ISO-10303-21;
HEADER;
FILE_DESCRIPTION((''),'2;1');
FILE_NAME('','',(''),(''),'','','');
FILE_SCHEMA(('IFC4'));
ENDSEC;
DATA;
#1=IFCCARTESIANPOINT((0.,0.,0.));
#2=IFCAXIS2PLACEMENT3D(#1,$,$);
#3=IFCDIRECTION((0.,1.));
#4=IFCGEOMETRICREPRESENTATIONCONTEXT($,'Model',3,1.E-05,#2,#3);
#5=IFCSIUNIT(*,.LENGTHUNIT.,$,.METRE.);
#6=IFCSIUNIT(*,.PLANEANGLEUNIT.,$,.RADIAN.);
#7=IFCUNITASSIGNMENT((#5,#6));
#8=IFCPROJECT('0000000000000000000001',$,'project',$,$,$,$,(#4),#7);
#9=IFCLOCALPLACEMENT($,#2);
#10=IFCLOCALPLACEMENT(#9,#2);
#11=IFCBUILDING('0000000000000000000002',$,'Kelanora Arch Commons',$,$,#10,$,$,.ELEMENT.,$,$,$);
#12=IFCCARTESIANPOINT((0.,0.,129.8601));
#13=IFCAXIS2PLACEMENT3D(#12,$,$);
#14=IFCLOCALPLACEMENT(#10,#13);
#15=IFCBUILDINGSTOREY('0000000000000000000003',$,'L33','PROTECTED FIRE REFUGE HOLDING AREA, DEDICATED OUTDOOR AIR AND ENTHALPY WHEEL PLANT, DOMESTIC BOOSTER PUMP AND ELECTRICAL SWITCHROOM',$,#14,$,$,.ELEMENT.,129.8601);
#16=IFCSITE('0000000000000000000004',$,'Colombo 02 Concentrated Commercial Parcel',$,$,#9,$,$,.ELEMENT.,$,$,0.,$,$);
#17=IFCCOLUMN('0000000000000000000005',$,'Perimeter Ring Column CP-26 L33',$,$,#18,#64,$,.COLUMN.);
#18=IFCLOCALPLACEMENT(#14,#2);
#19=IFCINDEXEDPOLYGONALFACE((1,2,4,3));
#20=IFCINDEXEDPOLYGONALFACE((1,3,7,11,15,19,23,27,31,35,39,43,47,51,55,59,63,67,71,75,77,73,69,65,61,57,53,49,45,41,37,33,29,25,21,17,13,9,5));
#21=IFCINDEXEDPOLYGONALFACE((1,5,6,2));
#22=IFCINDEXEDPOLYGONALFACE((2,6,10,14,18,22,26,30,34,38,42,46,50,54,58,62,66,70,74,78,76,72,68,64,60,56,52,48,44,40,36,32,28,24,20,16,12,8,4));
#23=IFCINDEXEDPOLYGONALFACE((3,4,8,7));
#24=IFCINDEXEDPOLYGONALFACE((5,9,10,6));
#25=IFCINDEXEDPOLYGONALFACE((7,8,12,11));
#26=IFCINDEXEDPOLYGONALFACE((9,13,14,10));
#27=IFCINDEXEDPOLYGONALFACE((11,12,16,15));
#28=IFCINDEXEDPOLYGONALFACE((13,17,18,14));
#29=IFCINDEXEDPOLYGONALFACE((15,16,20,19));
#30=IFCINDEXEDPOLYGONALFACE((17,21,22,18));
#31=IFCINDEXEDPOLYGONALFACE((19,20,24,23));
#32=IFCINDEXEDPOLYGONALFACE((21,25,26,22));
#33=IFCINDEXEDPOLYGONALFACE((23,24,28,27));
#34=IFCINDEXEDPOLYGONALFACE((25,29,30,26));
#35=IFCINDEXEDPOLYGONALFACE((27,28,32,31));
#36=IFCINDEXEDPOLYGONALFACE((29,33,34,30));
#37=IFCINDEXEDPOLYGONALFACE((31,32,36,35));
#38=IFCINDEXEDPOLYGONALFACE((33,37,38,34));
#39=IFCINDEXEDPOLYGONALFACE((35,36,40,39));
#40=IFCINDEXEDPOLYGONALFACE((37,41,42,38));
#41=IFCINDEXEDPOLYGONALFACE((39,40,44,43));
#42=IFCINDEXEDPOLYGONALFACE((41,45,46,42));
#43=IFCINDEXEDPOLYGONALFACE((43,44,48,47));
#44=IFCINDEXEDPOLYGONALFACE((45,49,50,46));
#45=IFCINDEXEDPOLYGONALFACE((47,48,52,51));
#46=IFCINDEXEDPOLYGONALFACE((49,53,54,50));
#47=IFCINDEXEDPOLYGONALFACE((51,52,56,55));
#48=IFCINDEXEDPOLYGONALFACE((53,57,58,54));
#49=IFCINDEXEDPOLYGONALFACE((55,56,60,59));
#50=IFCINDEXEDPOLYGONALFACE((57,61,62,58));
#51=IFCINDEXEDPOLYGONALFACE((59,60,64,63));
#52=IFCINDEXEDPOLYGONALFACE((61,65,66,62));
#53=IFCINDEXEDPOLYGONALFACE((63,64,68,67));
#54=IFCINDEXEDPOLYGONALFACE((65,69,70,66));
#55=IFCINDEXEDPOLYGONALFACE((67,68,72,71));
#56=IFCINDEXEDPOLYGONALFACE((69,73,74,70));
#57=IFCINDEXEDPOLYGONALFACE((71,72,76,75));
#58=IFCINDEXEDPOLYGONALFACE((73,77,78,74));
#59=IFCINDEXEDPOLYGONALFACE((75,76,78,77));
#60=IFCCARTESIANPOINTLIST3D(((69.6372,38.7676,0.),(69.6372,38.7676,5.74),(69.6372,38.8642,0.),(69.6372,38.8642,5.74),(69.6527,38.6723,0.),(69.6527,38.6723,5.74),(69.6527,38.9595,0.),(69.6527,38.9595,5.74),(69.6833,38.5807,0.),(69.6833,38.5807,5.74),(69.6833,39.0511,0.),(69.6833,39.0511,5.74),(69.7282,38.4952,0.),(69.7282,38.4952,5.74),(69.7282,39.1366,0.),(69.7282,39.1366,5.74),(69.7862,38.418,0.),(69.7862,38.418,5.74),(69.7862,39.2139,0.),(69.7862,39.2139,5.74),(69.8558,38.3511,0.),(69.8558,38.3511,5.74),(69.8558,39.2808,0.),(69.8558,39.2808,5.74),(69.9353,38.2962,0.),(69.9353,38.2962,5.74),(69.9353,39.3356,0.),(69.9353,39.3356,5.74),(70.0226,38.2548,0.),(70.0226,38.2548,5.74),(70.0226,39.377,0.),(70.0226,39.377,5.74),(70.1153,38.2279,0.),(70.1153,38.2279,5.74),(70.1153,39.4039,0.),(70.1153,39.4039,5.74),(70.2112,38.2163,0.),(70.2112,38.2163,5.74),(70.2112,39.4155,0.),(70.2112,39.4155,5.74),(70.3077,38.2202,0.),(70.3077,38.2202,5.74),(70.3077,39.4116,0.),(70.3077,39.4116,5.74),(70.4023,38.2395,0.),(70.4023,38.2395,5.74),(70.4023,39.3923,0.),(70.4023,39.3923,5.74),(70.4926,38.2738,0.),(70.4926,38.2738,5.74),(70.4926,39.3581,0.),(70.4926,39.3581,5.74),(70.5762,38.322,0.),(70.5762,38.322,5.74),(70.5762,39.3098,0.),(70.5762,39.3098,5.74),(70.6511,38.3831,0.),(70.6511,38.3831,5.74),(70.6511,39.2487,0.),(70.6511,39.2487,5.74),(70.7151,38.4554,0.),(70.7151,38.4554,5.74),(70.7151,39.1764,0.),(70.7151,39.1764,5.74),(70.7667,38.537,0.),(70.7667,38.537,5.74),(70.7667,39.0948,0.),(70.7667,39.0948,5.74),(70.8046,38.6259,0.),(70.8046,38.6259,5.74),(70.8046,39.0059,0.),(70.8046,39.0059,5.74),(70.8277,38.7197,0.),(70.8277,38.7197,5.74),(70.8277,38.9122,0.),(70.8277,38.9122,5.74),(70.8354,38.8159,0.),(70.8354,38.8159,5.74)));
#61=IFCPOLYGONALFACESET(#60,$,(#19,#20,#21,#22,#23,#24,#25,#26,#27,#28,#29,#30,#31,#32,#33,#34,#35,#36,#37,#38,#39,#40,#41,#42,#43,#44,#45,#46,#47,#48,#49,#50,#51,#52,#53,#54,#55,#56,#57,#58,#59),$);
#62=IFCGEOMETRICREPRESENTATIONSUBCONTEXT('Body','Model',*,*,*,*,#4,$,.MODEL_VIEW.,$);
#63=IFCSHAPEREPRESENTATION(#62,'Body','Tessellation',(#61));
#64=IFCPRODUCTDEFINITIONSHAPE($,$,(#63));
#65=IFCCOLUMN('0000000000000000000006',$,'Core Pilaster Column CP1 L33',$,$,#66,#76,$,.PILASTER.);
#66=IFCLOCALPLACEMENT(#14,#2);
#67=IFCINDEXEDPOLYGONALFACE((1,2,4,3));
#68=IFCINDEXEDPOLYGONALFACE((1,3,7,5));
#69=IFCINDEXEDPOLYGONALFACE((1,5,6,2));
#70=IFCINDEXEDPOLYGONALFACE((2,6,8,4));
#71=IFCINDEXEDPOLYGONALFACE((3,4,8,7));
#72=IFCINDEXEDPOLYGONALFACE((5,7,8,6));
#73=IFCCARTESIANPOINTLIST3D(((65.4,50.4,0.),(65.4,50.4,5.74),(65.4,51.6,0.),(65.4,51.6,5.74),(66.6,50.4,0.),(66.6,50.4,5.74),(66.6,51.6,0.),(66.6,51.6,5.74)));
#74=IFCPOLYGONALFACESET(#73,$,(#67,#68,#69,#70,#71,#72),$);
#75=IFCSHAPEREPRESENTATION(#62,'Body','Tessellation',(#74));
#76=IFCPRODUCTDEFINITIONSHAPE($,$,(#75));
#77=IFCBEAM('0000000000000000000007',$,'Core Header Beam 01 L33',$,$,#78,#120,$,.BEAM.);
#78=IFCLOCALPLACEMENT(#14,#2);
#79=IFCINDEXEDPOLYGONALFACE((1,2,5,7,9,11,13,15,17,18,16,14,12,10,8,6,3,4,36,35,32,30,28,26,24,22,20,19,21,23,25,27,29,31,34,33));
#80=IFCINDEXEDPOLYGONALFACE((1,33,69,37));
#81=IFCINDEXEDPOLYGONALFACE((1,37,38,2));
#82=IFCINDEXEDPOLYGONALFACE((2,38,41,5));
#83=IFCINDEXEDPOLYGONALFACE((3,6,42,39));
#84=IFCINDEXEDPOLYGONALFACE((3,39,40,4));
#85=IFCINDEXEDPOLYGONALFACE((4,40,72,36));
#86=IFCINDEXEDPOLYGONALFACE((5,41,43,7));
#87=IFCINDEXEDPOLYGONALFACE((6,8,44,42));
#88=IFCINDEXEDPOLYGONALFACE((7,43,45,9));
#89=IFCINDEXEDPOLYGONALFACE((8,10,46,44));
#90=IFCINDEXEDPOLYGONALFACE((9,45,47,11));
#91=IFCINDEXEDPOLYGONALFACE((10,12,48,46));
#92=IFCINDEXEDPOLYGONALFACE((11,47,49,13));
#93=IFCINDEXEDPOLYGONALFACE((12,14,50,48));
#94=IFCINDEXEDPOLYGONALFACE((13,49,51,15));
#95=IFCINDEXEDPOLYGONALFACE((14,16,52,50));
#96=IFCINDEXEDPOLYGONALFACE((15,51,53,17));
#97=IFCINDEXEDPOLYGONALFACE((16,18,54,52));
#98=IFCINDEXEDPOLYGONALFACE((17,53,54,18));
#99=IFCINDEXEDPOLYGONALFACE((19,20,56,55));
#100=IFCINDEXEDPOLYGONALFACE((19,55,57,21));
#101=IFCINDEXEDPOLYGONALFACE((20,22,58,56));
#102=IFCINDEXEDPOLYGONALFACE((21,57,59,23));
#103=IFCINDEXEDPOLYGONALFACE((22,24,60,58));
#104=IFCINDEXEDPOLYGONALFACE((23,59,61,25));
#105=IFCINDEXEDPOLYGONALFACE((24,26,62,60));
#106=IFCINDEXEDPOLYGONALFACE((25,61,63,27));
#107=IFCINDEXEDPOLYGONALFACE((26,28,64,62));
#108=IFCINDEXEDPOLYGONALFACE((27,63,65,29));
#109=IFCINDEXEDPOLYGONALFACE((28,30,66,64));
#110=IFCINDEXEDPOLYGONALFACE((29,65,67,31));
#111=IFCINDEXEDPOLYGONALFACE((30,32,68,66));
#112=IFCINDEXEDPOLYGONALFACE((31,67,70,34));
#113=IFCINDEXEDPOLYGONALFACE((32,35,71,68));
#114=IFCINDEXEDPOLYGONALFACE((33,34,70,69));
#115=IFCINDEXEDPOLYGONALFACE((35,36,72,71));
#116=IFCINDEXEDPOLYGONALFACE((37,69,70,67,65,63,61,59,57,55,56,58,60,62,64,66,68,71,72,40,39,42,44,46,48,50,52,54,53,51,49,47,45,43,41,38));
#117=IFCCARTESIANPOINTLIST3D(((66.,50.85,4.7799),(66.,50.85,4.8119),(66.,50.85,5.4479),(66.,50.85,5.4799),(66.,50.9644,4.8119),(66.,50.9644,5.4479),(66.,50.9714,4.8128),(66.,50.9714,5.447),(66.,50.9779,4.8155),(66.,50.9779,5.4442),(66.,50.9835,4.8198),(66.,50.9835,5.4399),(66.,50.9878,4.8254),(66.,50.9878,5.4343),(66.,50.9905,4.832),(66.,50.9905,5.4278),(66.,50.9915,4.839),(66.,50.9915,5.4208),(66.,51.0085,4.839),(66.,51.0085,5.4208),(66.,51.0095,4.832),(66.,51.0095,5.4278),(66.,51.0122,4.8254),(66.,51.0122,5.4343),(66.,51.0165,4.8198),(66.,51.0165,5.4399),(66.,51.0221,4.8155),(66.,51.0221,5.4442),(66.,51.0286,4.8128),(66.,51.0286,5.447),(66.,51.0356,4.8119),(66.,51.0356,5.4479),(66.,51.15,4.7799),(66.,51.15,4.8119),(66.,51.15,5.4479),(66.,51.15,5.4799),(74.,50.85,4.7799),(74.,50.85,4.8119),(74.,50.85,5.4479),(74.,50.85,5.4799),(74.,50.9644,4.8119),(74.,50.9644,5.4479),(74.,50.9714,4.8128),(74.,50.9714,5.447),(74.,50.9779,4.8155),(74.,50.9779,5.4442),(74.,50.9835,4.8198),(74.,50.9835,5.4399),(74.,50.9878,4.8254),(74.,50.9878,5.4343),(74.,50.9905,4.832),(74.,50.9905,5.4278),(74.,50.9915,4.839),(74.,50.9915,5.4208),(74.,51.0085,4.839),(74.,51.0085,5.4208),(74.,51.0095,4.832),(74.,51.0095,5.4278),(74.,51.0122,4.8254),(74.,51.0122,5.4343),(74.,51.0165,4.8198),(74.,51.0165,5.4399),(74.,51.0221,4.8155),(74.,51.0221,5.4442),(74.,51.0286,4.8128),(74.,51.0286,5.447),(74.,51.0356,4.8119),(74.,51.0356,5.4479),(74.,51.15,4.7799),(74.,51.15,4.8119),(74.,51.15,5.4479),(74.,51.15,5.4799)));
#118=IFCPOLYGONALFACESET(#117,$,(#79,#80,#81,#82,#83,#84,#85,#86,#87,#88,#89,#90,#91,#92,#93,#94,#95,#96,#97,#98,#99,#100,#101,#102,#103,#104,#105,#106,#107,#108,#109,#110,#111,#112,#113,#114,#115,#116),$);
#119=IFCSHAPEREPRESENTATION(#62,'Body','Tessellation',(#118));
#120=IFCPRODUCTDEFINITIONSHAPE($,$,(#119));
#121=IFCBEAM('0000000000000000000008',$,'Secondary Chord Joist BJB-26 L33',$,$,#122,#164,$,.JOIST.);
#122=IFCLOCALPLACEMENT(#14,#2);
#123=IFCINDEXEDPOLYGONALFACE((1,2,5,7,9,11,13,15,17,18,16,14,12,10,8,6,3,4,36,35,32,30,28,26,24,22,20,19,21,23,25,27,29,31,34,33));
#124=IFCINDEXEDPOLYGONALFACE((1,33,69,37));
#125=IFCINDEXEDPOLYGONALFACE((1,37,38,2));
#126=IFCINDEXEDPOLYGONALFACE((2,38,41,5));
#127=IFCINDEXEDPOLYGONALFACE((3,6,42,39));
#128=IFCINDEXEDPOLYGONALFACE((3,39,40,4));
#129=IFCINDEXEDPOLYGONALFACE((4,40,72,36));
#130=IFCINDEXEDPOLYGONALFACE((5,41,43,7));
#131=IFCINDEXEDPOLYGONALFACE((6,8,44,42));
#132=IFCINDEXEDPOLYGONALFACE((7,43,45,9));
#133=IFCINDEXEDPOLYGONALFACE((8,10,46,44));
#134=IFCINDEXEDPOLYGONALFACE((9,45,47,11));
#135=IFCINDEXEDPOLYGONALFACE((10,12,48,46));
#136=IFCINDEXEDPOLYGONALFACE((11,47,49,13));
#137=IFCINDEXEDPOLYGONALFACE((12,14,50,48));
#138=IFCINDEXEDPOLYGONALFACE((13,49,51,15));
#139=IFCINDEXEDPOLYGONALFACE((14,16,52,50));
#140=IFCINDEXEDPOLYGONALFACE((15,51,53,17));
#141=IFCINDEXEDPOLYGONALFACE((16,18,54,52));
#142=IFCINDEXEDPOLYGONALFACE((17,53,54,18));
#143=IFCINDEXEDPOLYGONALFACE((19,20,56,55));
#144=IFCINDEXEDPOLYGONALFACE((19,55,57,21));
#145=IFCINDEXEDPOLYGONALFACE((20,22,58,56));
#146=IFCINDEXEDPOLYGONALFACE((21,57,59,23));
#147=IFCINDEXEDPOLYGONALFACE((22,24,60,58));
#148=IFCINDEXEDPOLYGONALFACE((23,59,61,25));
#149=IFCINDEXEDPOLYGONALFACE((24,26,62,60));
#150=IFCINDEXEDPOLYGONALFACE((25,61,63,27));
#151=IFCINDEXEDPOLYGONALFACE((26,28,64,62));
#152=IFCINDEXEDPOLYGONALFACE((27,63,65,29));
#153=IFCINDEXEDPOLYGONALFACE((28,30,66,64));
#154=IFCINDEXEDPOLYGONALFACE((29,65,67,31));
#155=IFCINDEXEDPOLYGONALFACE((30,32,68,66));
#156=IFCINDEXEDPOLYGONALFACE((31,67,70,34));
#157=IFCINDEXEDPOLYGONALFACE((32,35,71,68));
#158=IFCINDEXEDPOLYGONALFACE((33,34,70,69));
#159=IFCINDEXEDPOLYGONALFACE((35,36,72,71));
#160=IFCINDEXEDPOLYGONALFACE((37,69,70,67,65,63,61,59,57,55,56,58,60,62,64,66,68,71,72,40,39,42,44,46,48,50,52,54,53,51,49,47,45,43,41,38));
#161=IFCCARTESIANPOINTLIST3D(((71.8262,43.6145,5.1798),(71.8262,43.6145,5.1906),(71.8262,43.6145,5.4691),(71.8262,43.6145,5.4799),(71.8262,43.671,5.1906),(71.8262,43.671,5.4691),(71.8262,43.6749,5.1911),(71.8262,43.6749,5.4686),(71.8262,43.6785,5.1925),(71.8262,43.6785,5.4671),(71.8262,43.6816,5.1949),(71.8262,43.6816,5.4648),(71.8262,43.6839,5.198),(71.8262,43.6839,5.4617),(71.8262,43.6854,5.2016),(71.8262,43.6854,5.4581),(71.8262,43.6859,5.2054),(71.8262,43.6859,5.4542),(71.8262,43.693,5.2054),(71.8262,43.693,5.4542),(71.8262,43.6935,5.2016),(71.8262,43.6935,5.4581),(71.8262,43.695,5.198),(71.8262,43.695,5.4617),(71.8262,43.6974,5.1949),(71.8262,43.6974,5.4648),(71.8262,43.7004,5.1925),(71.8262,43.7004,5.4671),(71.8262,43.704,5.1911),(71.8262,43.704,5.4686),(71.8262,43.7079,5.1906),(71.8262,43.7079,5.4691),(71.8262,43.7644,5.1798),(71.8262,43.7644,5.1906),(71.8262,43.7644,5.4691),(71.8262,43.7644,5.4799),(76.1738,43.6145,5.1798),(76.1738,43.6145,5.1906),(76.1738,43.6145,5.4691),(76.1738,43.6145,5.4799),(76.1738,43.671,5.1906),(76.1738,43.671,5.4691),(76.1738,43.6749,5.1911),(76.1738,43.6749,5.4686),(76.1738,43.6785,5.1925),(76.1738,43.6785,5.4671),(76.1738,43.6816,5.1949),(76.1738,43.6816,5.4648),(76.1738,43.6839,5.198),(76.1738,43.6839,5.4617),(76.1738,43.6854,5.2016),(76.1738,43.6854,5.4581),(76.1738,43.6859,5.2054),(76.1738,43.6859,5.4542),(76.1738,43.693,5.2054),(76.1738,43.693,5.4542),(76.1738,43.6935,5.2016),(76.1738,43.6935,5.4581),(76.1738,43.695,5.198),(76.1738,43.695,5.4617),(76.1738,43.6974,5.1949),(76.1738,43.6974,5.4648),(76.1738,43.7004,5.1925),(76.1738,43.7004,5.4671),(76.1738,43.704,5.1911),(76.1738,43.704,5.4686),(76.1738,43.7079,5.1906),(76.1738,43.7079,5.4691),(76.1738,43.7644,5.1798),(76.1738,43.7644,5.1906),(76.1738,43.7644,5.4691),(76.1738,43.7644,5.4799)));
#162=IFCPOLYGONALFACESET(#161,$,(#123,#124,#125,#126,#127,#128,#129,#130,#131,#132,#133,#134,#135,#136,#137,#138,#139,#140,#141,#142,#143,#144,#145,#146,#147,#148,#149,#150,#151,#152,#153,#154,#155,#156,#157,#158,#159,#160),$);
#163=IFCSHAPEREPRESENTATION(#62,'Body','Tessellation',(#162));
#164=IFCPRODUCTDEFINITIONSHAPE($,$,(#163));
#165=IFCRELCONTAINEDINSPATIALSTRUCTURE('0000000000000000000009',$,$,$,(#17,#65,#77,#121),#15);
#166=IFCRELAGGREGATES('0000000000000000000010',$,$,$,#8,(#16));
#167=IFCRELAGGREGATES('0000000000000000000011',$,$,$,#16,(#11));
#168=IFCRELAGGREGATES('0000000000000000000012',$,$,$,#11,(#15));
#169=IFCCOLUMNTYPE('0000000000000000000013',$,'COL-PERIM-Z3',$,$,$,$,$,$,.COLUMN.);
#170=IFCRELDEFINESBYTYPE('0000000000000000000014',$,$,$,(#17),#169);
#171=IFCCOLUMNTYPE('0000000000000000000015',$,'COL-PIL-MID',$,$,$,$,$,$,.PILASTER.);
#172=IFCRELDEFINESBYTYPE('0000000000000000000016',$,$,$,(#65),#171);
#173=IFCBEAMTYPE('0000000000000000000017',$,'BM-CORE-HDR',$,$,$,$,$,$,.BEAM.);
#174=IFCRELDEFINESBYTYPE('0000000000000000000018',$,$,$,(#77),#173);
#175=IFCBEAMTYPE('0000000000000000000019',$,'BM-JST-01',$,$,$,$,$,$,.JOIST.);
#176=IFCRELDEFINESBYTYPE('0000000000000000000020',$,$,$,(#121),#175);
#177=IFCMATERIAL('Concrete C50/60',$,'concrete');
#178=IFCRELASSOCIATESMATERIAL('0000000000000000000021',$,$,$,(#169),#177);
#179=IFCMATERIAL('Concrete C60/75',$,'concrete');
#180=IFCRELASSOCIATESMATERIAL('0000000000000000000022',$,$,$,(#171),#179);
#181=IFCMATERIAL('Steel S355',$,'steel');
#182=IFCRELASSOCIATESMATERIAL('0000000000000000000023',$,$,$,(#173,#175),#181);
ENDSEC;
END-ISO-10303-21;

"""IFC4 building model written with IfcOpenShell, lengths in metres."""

from ifc_helpers import new_model, si_unit, direction, frame, origin, origin_2d, place, context, subcontext, project, spatial, rectangle, circle, i_section, extrude, material, material_profile, profile_set, type_object, element, save


model = new_model("IFC4")

# Units and contexts
model_context = context("Model", 3, precision=1e-05, world=origin(), true_north=direction((0.0, 1.0)))
body_context = subcontext(model_context, "Body", "Model", "MODEL_VIEW")
ifc_project = project(units=[si_unit("LENGTHUNIT", "METRE"), si_unit("PLANEANGLEUNIT", "RADIAN")], contexts=[model_context])

# Site, building, storey
site_placement = place(None, origin())
site = spatial("IfcSite", under=ifc_project, at=site_placement, Name="Colombo 02 Concentrated Commercial Parcel", CompositionType="ELEMENT", RefElevation=0.0)
building_placement = place(site_placement, origin())
building = spatial("IfcBuilding", under=site, at=building_placement, Name="Kelanora Arch Commons", CompositionType="ELEMENT")
storey_placement = place(building_placement, frame((0.0, 0.0, 129.8601)))
storey = spatial("IfcBuildingStorey", under=building, at=storey_placement, Name="L33", Description="PROTECTED FIRE REFUGE HOLDING AREA, DEDICATED OUTDOOR AIR AND ENTHALPY WHEEL PLANT, DOMESTIC BOOSTER PUMP AND ELECTRICAL SWITCHROOM", CompositionType="ELEMENT", Elevation=129.8601)

# Columns
ifc_material_1 = material(Name="Concrete C50/60", Category="concrete")
ifc_material_profile_1 = material_profile(ifc_material_1, circle(Radius=0.6001, at=origin_2d()), Name="RCC1200")
ifc_profile_set_1 = profile_set([ifc_material_profile_1], Name="Concrete C50/60")
column_type_1 = type_object("IfcColumnType", Name="COL-PERIM-Z3", PredefinedType="COLUMN", material=ifc_profile_set_1)
column_1_placement = place(storey_placement, frame((70.2354, 38.8159, 0.0), z_axis=(0.0, 0.0, 1.0), x_axis=(1.0, 0.0, 0.0)))
element("IfcColumn", 1, at=column_1_placement, inside=storey, type_object=column_type_1, Name="Perimeter Ring Column CP-26 L33", PredefinedType="COLUMN", context=body_context, shape_type="SweptSolid", body=[
    extrude(circle(Radius=0.6001, at=origin_2d()), origin(), (0.0, 0.0, 1.0), 5.74),
])
ifc_material_2 = material(Name="Concrete C60/75", Category="concrete")
ifc_material_profile_2 = material_profile(ifc_material_2, rectangle(XDim=1.2, YDim=1.2, at=origin_2d()), Name="RC1200x1200")
ifc_profile_set_2 = profile_set([ifc_material_profile_2], Name="Concrete C60/75")
column_type_2 = type_object("IfcColumnType", Name="COL-PIL-MID", PredefinedType="PILASTER", material=ifc_profile_set_2)
column_2_placement = place(storey_placement, frame((66.0, 51.0, 0.0), z_axis=(0.0, 0.0, 1.0), x_axis=(1.0, 0.0, 0.0)))
element("IfcColumn", 2, at=column_2_placement, inside=storey, type_object=column_type_2, Name="Core Pilaster Column CP1 L33", PredefinedType="PILASTER", context=body_context, shape_type="SweptSolid", body=[
    extrude(rectangle(XDim=1.2, YDim=1.2, at=origin_2d()), origin(), (0.0, 0.0, 1.0), 5.74),
])

# Beams
ifc_material_3 = material(Name="Steel S355", Category="steel")
ifc_material_profile_3 = material_profile(ifc_material_3, i_section(OverallWidth=0.3, OverallDepth=0.7, WebThickness=0.0171, FlangeThickness=0.032, FilletRadius=0.0271, at=origin_2d()), Name="HEB700")
ifc_profile_set_3 = profile_set([ifc_material_profile_3], Name="Steel S355")
beam_type_1 = type_object("IfcBeamType", Name="BM-CORE-HDR", PredefinedType="BEAM", material=ifc_profile_set_3)
beam_1_placement = place(storey_placement, frame((66.0, 51.0, 5.1299), z_axis=(1.0, 0.0, 0.0), x_axis=(0.0, 1.0, 0.0)))
element("IfcBeam", 3, at=beam_1_placement, inside=storey, type_object=beam_type_1, Name="Core Header Beam 01 L33", PredefinedType="BEAM", context=body_context, shape_type="SweptSolid", body=[
    extrude(i_section(OverallWidth=0.3, OverallDepth=0.7, WebThickness=0.0171, FlangeThickness=0.032, FilletRadius=0.0271, at=origin_2d()), origin(), (0.0, 0.0, 1.0), 8.0),
])
ifc_material_profile_4 = material_profile(ifc_material_3, i_section(OverallWidth=0.1499, OverallDepth=0.3, WebThickness=0.0071, FlangeThickness=0.0107, FilletRadius=0.0149, at=origin_2d()), Name="IPE300")
ifc_profile_set_4 = profile_set([ifc_material_profile_4], Name="Steel S355")
beam_type_2 = type_object("IfcBeamType", Name="BM-JST-01", PredefinedType="JOIST", material=ifc_profile_set_4)
beam_2_placement = place(storey_placement, frame((71.8262, 43.6895, 5.3298), z_axis=(1.0, 0.0, 0.0), x_axis=(0.0, 1.0, 0.0)))
element("IfcBeam", 4, at=beam_2_placement, inside=storey, type_object=beam_type_2, Name="Secondary Chord Joist BJB-26 L33", PredefinedType="JOIST", context=body_context, shape_type="SweptSolid", body=[
    extrude(i_section(OverallWidth=0.1499, OverallDepth=0.3, WebThickness=0.0071, FlangeThickness=0.0107, FilletRadius=0.0149, at=origin_2d()), origin(), (0.0, 0.0, 1.0), 4.3477),
])

save(model, "model.ifc")
